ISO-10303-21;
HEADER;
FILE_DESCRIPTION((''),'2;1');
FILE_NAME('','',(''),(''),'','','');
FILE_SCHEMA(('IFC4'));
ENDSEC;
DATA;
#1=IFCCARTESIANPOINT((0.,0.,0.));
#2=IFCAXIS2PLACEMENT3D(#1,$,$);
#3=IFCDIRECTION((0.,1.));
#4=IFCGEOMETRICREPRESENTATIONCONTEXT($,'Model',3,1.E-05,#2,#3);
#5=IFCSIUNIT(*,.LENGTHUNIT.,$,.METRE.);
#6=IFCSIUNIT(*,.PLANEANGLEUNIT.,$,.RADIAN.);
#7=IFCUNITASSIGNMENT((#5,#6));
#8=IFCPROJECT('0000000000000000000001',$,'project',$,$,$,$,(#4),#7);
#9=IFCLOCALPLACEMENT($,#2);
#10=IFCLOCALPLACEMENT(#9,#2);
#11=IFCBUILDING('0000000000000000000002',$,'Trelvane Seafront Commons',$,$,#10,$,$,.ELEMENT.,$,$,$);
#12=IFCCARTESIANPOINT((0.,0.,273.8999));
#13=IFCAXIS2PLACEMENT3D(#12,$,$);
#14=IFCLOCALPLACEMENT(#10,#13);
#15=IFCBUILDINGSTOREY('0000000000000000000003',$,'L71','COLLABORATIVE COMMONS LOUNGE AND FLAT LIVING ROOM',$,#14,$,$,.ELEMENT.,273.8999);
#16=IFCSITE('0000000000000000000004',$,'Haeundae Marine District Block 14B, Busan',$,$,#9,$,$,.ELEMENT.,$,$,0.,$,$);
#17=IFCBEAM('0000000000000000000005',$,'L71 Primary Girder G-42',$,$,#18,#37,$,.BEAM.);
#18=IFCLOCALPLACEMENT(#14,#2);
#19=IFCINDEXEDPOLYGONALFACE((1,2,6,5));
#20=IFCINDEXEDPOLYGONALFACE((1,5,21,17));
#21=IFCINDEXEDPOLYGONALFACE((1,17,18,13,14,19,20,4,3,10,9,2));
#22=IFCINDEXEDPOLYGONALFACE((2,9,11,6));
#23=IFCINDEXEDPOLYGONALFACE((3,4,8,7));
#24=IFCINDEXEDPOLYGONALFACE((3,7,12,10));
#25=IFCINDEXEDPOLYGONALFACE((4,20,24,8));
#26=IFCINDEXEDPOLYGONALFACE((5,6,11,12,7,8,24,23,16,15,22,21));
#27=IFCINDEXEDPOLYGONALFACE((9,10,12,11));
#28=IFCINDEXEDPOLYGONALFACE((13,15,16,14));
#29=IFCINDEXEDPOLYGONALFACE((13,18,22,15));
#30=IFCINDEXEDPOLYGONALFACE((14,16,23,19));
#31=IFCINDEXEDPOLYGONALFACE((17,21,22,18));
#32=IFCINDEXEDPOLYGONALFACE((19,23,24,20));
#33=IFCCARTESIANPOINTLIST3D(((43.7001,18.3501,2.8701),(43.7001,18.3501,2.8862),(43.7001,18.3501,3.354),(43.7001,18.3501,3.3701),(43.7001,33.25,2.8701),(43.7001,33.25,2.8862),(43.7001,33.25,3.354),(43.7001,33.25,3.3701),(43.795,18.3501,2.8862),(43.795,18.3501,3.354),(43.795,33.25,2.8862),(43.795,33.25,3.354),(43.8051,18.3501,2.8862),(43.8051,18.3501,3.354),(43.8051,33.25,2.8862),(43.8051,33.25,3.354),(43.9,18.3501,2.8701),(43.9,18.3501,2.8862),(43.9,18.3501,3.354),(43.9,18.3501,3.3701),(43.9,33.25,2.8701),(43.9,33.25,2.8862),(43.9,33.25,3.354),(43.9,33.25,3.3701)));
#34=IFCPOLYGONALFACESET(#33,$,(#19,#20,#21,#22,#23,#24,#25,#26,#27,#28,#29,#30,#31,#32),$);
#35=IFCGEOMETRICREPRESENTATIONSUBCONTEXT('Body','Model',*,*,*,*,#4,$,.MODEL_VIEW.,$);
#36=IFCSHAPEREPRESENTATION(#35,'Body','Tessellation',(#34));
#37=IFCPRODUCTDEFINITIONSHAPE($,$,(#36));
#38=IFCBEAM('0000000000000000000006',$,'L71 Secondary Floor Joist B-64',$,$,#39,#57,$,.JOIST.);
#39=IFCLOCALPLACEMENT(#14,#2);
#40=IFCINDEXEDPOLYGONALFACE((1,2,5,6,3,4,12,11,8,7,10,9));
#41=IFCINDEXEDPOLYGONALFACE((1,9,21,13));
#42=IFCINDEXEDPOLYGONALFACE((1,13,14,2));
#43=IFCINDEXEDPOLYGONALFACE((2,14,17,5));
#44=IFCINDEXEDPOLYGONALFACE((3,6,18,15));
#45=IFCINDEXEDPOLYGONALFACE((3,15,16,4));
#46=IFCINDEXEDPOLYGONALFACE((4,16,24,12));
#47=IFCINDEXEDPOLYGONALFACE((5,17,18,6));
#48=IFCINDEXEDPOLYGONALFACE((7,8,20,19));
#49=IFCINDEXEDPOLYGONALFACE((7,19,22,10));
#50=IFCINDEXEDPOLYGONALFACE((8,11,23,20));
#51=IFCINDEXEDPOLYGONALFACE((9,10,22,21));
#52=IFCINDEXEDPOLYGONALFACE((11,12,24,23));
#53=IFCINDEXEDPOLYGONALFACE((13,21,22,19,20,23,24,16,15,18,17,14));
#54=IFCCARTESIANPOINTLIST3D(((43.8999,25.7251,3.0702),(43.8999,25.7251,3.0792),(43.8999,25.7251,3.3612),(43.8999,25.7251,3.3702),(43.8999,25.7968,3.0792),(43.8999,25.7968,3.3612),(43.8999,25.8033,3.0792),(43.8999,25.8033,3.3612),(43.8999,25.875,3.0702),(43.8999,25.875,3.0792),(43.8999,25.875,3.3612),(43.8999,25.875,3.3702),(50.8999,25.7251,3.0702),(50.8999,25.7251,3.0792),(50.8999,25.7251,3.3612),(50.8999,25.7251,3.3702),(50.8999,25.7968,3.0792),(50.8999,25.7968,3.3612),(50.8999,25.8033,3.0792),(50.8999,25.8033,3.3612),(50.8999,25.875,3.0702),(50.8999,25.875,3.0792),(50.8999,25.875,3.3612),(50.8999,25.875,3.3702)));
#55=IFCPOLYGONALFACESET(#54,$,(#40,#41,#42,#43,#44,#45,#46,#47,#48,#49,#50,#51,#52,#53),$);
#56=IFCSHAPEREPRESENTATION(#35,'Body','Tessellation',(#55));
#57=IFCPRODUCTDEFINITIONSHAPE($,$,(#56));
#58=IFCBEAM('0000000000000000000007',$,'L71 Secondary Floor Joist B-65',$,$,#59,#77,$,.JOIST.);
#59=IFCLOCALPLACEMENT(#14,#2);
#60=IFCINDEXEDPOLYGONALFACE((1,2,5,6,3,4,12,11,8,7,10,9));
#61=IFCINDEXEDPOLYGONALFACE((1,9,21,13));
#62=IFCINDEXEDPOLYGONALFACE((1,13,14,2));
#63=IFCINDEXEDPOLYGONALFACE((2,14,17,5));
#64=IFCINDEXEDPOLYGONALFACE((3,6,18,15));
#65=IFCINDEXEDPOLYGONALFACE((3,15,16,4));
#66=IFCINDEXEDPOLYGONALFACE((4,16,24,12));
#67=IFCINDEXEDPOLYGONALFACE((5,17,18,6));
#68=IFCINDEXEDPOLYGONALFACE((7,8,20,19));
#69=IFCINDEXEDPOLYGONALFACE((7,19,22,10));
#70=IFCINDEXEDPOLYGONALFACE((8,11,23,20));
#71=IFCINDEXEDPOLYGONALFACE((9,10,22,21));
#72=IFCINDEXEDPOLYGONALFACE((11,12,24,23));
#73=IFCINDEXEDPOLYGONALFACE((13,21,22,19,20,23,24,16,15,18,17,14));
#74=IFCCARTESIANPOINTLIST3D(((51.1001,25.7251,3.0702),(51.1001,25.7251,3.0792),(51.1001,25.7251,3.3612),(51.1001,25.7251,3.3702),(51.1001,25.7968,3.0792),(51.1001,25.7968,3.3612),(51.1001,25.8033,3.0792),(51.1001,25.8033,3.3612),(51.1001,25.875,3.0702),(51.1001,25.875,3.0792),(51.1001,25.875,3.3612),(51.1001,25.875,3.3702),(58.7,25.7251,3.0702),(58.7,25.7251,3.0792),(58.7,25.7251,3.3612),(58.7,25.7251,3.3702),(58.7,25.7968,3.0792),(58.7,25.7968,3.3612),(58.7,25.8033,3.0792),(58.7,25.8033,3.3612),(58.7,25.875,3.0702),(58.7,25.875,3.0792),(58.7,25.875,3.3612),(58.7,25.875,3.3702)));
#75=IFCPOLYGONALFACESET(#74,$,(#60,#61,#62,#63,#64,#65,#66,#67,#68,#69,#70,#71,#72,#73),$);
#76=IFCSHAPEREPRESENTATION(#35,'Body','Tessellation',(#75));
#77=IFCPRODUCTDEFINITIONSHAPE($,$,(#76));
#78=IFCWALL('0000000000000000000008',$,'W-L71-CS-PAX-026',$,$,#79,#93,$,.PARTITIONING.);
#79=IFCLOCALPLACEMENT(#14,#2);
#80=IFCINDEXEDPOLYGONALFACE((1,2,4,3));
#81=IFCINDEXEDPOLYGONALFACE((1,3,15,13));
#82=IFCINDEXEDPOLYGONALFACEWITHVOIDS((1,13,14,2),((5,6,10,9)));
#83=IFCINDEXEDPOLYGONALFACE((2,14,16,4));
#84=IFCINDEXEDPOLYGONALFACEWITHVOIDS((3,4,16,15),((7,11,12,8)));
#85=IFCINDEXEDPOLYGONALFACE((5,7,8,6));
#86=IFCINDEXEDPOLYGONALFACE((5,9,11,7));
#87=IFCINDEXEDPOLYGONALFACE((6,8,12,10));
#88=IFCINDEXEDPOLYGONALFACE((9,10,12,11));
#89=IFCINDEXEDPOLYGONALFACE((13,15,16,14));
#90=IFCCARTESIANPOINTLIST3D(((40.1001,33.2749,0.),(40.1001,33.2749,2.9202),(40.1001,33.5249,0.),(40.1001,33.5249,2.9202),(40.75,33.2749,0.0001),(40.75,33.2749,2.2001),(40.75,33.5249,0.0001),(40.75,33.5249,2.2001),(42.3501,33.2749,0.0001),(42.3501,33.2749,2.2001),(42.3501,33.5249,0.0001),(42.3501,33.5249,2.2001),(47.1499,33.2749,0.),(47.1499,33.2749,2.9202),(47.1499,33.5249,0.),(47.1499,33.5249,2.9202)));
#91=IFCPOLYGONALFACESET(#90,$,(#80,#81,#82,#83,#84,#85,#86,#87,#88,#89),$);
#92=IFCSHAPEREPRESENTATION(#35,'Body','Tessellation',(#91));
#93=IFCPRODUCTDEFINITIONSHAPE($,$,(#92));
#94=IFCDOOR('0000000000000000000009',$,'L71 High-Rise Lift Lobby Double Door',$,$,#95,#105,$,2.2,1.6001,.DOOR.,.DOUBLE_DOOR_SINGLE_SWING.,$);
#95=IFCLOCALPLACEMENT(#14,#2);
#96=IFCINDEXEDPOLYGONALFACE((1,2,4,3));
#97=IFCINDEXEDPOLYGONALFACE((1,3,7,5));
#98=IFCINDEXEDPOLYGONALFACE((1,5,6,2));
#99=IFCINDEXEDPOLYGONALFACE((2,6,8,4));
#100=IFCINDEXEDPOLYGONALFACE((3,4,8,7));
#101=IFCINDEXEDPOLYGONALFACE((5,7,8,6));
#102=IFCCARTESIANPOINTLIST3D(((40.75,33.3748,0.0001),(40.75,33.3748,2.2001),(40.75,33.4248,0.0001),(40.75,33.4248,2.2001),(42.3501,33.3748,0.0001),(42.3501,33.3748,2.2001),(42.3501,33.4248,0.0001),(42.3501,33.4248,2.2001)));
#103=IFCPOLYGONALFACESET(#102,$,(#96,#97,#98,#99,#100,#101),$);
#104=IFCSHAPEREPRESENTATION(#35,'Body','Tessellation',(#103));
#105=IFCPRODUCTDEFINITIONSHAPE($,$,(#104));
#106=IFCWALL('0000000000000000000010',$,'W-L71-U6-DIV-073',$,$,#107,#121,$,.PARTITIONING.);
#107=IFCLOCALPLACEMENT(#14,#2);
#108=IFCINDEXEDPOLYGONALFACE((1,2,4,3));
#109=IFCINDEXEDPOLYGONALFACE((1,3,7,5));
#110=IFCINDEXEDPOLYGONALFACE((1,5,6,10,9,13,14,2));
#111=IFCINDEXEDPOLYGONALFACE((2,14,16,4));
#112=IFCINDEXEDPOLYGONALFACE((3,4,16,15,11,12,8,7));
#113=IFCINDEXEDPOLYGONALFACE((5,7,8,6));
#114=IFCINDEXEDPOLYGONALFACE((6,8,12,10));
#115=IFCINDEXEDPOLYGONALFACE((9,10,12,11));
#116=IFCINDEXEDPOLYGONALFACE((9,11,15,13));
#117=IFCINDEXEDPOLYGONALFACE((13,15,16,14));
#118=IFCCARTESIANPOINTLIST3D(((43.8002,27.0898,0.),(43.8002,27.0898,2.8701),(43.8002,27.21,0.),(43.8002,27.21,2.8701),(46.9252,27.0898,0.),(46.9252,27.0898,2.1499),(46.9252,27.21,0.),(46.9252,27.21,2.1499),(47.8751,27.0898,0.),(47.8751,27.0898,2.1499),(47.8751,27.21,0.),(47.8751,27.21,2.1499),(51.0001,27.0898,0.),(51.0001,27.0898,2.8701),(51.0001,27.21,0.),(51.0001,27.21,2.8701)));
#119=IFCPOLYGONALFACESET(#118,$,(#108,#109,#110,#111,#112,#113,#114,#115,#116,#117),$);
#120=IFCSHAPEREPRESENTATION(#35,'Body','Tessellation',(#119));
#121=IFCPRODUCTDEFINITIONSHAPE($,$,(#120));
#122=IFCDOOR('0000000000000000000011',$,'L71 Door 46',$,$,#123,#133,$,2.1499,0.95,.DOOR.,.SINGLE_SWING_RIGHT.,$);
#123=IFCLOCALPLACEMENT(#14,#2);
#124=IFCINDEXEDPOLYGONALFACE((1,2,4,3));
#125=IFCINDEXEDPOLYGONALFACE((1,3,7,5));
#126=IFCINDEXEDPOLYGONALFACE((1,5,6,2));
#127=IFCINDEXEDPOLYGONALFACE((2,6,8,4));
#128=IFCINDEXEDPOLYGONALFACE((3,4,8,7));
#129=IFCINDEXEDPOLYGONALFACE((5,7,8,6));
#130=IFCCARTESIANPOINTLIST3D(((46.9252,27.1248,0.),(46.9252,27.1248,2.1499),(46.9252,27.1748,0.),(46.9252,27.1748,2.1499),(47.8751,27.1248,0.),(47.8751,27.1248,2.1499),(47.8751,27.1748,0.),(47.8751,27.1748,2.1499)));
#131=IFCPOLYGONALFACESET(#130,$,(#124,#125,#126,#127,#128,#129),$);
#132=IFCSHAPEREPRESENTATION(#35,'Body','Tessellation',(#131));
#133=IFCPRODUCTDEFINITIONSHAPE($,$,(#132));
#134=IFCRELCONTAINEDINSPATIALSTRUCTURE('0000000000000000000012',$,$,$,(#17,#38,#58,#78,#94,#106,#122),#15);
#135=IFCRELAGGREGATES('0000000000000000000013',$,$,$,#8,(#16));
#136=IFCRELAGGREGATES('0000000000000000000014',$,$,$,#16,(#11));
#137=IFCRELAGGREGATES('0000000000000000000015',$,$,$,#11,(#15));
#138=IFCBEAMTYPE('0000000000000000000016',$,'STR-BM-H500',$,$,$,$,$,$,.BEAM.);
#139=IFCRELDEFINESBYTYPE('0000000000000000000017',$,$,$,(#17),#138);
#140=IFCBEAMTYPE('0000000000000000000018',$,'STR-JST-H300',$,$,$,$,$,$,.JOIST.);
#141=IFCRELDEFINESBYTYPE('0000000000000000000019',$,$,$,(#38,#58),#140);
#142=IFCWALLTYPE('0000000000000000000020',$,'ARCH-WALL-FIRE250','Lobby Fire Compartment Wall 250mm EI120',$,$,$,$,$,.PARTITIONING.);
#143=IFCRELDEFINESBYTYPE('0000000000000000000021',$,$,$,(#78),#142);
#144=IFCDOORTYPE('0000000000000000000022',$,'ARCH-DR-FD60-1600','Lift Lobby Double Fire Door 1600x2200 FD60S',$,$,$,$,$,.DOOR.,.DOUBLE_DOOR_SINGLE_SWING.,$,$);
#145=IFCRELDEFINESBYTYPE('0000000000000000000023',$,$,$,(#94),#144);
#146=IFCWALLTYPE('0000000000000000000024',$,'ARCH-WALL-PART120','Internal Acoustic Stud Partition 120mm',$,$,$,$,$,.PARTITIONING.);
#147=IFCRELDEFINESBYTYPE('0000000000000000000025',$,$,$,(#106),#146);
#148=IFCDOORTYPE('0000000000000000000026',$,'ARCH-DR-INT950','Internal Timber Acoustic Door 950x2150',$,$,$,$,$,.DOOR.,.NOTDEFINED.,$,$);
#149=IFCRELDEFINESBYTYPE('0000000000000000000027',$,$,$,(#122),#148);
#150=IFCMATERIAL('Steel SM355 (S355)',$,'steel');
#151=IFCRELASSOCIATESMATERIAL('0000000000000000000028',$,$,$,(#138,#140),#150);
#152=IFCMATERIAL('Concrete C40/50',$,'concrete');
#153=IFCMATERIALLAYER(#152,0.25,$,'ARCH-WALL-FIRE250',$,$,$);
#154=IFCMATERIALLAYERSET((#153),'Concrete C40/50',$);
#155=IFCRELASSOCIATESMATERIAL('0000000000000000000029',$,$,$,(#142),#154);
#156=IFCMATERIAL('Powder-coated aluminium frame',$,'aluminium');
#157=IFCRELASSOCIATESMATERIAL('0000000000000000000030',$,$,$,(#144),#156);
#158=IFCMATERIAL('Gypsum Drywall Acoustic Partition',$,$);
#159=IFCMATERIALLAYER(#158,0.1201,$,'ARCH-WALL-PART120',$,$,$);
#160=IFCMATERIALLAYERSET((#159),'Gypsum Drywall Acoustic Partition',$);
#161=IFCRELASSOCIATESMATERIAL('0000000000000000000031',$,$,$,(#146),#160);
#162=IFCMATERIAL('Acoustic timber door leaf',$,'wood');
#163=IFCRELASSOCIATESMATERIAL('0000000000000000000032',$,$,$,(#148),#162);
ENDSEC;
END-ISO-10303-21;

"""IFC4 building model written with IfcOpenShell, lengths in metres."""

from ifc_helpers import new_model, si_unit, direction, frame, frame_2d, origin, origin_2d, place, context, subcontext, project, spatial, rectangle, i_section, extrude, source, transform, mapped, material, layer, layer_set, material_profile, profile_set, type_object, element, fill, save


model = new_model("IFC4")

# Units and contexts
model_context = context("Model", 3, precision=1e-05, world=origin(), true_north=direction((0.0, 1.0)))
body_context = subcontext(model_context, "Body", "Model", "MODEL_VIEW")
ifc_project = project(units=[si_unit("LENGTHUNIT", "METRE"), si_unit("PLANEANGLEUNIT", "RADIAN")], contexts=[model_context])

# Site, building, storey
site_placement = place(None, origin())
site = spatial("IfcSite", under=ifc_project, at=site_placement, Name="Haeundae Marine District Block 14B, Busan", CompositionType="ELEMENT", RefElevation=0.0)
building_placement = place(site_placement, origin())
building = spatial("IfcBuilding", under=site, at=building_placement, Name="Trelvane Seafront Commons", CompositionType="ELEMENT")
storey_placement = place(building_placement, frame((0.0, 0.0, 273.8999)))
storey = spatial("IfcBuildingStorey", under=building, at=storey_placement, Name="L71", Description="COLLABORATIVE COMMONS LOUNGE AND FLAT LIVING ROOM", CompositionType="ELEMENT", Elevation=273.8999)

# Beams
ifc_material_1 = material(Name="Steel SM355 (S355)", Category="steel")
ifc_material_profile_1 = material_profile(ifc_material_1, i_section(OverallWidth=0.2, OverallDepth=0.5, WebThickness=0.01, FlangeThickness=0.0161, at=origin_2d()), Name="H-500x200x10x16")
ifc_profile_set_1 = profile_set([ifc_material_profile_1], Name="Steel SM355 (S355)")
beam_type_1 = type_object("IfcBeamType", Name="STR-BM-H500", PredefinedType="BEAM", material=ifc_profile_set_1)
shared_shape_1 = source(origin(), body_context, "Body", "SweptSolid", [
    extrude(i_section(OverallWidth=0.2, OverallDepth=0.5, WebThickness=0.01, FlangeThickness=0.0161, at=origin_2d()), origin(), (0.0, 0.0, 1.0), 14.8999),
])
beam_1_placement = place(storey_placement, frame((43.8, 18.3501, 3.1201), z_axis=(0.0, 1.0, 0.0), x_axis=(-1.0, 0.0, 0.0)))
element("IfcBeam", 1, at=beam_1_placement, inside=storey, type_object=beam_type_1, Name="L71 Primary Girder G-42", PredefinedType="BEAM", context=body_context, shape_type="MappedRepresentation", body=[
    mapped(shared_shape_1, transform((0.0, 0.0, 0.0), x_axis=(1.0, 0.0, 0.0), y_axis=(0.0, 1.0, 0.0), z_axis=(0.0, 0.0, 1.0), scale=1.0)),
])
ifc_material_profile_2 = material_profile(ifc_material_1, i_section(OverallWidth=0.1499, OverallDepth=0.3, WebThickness=0.0066, FlangeThickness=0.009, at=origin_2d()), Name="H-300x150x6.5x9")
ifc_profile_set_2 = profile_set([ifc_material_profile_2], Name="Steel SM355 (S355)")
beam_type_2 = type_object("IfcBeamType", Name="STR-JST-H300", PredefinedType="JOIST", material=ifc_profile_set_2)
shared_shape_2 = source(origin(), body_context, "Body", "SweptSolid", [
    extrude(i_section(OverallWidth=0.1499, OverallDepth=0.3, WebThickness=0.0066, FlangeThickness=0.009, at=origin_2d()), origin(), (0.0, 0.0, 1.0), 7.0),
])
beam_2_placement = place(storey_placement, frame((43.8999, 25.8, 3.2202), z_axis=(1.0, 0.0, 0.0), x_axis=(0.0, 1.0, 0.0)))
element("IfcBeam", 2, at=beam_2_placement, inside=storey, type_object=beam_type_2, Name="L71 Secondary Floor Joist B-64", PredefinedType="JOIST", context=body_context, shape_type="MappedRepresentation", body=[
    mapped(shared_shape_2, transform((0.0, 0.0, 0.0), x_axis=(1.0, 0.0, 0.0), y_axis=(0.0, 1.0, 0.0), z_axis=(0.0, 0.0, 1.0), scale=1.0)),
])
shared_shape_3 = source(origin(), body_context, "Body", "SweptSolid", [
    extrude(i_section(OverallWidth=0.1499, OverallDepth=0.3, WebThickness=0.0066, FlangeThickness=0.009, at=origin_2d()), origin(), (0.0, 0.0, 1.0), 7.5999),
])
beam_3_placement = place(storey_placement, frame((51.1001, 25.8, 3.2202), z_axis=(1.0, 0.0, 0.0), x_axis=(0.0, 1.0, 0.0)))
element("IfcBeam", 3, at=beam_3_placement, inside=storey, type_object=beam_type_2, Name="L71 Secondary Floor Joist B-65", PredefinedType="JOIST", context=body_context, shape_type="MappedRepresentation", body=[
    mapped(shared_shape_3, transform((0.0, 0.0, 0.0), x_axis=(1.0, 0.0, 0.0), y_axis=(0.0, 1.0, 0.0), z_axis=(0.0, 0.0, 1.0), scale=1.0)),
])

# Walls, openings, doors
ifc_material_2 = material(Name="Concrete C40/50", Category="concrete")
ifc_layer_1 = layer(ifc_material_2, 0.25, Name="ARCH-WALL-FIRE250")
ifc_layer_set_1 = layer_set([ifc_layer_1], Name="Concrete C40/50")
wall_type_1 = type_object("IfcWallType", Name="ARCH-WALL-FIRE250", Description="Lobby Fire Compartment Wall 250mm EI120", PredefinedType="PARTITIONING", material=ifc_layer_set_1)
wall_1_placement = place(storey_placement, frame((40.1001, 33.3999, 0.0), z_axis=(0.0, 0.0, 1.0), x_axis=(1.0, 0.0, 0.0)))
wall_1 = element("IfcWall", 4, at=wall_1_placement, inside=storey, type_object=wall_type_1, Name="W-L71-CS-PAX-026", PredefinedType="PARTITIONING", context=body_context, shape_type="SweptSolid", body=[
    extrude(rectangle(XDim=7.0498, YDim=0.25, at=frame_2d((3.5249, 0.0))), origin(), (0.0, 0.0, 1.0), 2.9202),
])
opening_1_placement = place(wall_1_placement, frame((0.6499, 0.0, 0.0)))
opening_1 = element("IfcOpeningElement", 5, at=opening_1_placement, cuts=wall_1, PredefinedType="OPENING", context=body_context, shape_type="SweptSolid", body=[
    extrude(rectangle(XDim=1.6001, YDim=2.2, at=frame_2d((0.8, 1.1001))), frame((0.0, 0.135, 0.0), z_axis=(0.0, -1.0, 0.0), x_axis=(1.0, 0.0, 0.0)), (0.0, 0.0, 1.0), 0.27),
])
ifc_material_3 = material(Name="Powder-coated aluminium frame", Category="aluminium")
door_type_1 = type_object("IfcDoorType", Name="ARCH-DR-FD60-1600", Description="Lift Lobby Double Fire Door 1600x2200 FD60S", OperationType="DOUBLE_DOOR_SINGLE_SWING", PredefinedType="DOOR", material=ifc_material_3)
shared_shape_4 = source(origin(), body_context, "Body", "SweptSolid", [
    extrude(rectangle(XDim=1.6001, YDim=2.2, at=frame_2d((0.8, 1.1001))), frame((0.0, 0.0249, 0.0), z_axis=(0.0, -1.0, 0.0), x_axis=(1.0, 0.0, 0.0)), (0.0, 0.0, 1.0), 0.05),
])
door_1_placement = place(opening_1_placement, origin())
door_1 = element("IfcDoor", 6, at=door_1_placement, inside=storey, type_object=door_type_1, Name="L71 High-Rise Lift Lobby Double Door", OperationType="DOUBLE_DOOR_SINGLE_SWING", OverallHeight=2.2, OverallWidth=1.6001, PredefinedType="DOOR", context=body_context, shape_type="MappedRepresentation", body=[
    mapped(shared_shape_4, transform((0.0, 0.0, 0.0), x_axis=(1.0, 0.0, 0.0), y_axis=(0.0, 1.0, 0.0), z_axis=(0.0, 0.0, 1.0), scale=1.0)),
])
fill(opening_1, door_1)
ifc_material_4 = material(Name="Gypsum Drywall Acoustic Partition")
ifc_layer_2 = layer(ifc_material_4, 0.1201, Name="ARCH-WALL-PART120")
ifc_layer_set_2 = layer_set([ifc_layer_2], Name="Gypsum Drywall Acoustic Partition")
wall_type_2 = type_object("IfcWallType", Name="ARCH-WALL-PART120", Description="Internal Acoustic Stud Partition 120mm", PredefinedType="PARTITIONING", material=ifc_layer_set_2)
wall_2_placement = place(storey_placement, frame((43.8, 27.1499, 0.0), z_axis=(0.0, 0.0, 1.0), x_axis=(1.0, 0.0, 0.0)))
wall_2 = element("IfcWall", 7, at=wall_2_placement, inside=storey, type_object=wall_type_2, Name="W-L71-U6-DIV-073", PredefinedType="PARTITIONING", context=body_context, shape_type="SweptSolid", body=[
    extrude(rectangle(XDim=7.2, YDim=0.1201, at=frame_2d((3.6001, 0.0))), origin(), (0.0, 0.0, 1.0), 2.8701),
])
opening_2_placement = place(wall_2_placement, frame((3.125, 0.0, 0.0)))
opening_2 = element("IfcOpeningElement", 8, at=opening_2_placement, cuts=wall_2, PredefinedType="OPENING", context=body_context, shape_type="SweptSolid", body=[
    extrude(rectangle(XDim=0.95, YDim=2.1499, at=frame_2d((0.4751, 1.075))), frame((0.0, 0.0701, 0.0), z_axis=(0.0, -1.0, 0.0), x_axis=(1.0, 0.0, 0.0)), (0.0, 0.0, 1.0), 0.1401),
])
ifc_material_5 = material(Name="Acoustic timber door leaf", Category="wood")
door_type_2 = type_object("IfcDoorType", Name="ARCH-DR-INT950", Description="Internal Timber Acoustic Door 950x2150", OperationType="NOTDEFINED", PredefinedType="DOOR", material=ifc_material_5)
shared_shape_5 = source(origin(), body_context, "Body", "SweptSolid", [
    extrude(rectangle(XDim=0.95, YDim=2.1499, at=frame_2d((0.4751, 1.075))), frame((0.0, 0.0249, 0.0), z_axis=(0.0, -1.0, 0.0), x_axis=(1.0, 0.0, 0.0)), (0.0, 0.0, 1.0), 0.05),
])
door_2_placement = place(opening_2_placement, origin())
door_2 = element("IfcDoor", 9, at=door_2_placement, inside=storey, type_object=door_type_2, Name="L71 Door 46", OperationType="SINGLE_SWING_RIGHT", OverallHeight=2.1499, OverallWidth=0.95, PredefinedType="DOOR", context=body_context, shape_type="MappedRepresentation", body=[
    mapped(shared_shape_5, transform((0.0, 0.0, 0.0), x_axis=(1.0, 0.0, 0.0), y_axis=(0.0, 1.0, 0.0), z_axis=(0.0, 0.0, 1.0), scale=1.0)),
])
fill(opening_2, door_2)

save(model, "model.ifc")
